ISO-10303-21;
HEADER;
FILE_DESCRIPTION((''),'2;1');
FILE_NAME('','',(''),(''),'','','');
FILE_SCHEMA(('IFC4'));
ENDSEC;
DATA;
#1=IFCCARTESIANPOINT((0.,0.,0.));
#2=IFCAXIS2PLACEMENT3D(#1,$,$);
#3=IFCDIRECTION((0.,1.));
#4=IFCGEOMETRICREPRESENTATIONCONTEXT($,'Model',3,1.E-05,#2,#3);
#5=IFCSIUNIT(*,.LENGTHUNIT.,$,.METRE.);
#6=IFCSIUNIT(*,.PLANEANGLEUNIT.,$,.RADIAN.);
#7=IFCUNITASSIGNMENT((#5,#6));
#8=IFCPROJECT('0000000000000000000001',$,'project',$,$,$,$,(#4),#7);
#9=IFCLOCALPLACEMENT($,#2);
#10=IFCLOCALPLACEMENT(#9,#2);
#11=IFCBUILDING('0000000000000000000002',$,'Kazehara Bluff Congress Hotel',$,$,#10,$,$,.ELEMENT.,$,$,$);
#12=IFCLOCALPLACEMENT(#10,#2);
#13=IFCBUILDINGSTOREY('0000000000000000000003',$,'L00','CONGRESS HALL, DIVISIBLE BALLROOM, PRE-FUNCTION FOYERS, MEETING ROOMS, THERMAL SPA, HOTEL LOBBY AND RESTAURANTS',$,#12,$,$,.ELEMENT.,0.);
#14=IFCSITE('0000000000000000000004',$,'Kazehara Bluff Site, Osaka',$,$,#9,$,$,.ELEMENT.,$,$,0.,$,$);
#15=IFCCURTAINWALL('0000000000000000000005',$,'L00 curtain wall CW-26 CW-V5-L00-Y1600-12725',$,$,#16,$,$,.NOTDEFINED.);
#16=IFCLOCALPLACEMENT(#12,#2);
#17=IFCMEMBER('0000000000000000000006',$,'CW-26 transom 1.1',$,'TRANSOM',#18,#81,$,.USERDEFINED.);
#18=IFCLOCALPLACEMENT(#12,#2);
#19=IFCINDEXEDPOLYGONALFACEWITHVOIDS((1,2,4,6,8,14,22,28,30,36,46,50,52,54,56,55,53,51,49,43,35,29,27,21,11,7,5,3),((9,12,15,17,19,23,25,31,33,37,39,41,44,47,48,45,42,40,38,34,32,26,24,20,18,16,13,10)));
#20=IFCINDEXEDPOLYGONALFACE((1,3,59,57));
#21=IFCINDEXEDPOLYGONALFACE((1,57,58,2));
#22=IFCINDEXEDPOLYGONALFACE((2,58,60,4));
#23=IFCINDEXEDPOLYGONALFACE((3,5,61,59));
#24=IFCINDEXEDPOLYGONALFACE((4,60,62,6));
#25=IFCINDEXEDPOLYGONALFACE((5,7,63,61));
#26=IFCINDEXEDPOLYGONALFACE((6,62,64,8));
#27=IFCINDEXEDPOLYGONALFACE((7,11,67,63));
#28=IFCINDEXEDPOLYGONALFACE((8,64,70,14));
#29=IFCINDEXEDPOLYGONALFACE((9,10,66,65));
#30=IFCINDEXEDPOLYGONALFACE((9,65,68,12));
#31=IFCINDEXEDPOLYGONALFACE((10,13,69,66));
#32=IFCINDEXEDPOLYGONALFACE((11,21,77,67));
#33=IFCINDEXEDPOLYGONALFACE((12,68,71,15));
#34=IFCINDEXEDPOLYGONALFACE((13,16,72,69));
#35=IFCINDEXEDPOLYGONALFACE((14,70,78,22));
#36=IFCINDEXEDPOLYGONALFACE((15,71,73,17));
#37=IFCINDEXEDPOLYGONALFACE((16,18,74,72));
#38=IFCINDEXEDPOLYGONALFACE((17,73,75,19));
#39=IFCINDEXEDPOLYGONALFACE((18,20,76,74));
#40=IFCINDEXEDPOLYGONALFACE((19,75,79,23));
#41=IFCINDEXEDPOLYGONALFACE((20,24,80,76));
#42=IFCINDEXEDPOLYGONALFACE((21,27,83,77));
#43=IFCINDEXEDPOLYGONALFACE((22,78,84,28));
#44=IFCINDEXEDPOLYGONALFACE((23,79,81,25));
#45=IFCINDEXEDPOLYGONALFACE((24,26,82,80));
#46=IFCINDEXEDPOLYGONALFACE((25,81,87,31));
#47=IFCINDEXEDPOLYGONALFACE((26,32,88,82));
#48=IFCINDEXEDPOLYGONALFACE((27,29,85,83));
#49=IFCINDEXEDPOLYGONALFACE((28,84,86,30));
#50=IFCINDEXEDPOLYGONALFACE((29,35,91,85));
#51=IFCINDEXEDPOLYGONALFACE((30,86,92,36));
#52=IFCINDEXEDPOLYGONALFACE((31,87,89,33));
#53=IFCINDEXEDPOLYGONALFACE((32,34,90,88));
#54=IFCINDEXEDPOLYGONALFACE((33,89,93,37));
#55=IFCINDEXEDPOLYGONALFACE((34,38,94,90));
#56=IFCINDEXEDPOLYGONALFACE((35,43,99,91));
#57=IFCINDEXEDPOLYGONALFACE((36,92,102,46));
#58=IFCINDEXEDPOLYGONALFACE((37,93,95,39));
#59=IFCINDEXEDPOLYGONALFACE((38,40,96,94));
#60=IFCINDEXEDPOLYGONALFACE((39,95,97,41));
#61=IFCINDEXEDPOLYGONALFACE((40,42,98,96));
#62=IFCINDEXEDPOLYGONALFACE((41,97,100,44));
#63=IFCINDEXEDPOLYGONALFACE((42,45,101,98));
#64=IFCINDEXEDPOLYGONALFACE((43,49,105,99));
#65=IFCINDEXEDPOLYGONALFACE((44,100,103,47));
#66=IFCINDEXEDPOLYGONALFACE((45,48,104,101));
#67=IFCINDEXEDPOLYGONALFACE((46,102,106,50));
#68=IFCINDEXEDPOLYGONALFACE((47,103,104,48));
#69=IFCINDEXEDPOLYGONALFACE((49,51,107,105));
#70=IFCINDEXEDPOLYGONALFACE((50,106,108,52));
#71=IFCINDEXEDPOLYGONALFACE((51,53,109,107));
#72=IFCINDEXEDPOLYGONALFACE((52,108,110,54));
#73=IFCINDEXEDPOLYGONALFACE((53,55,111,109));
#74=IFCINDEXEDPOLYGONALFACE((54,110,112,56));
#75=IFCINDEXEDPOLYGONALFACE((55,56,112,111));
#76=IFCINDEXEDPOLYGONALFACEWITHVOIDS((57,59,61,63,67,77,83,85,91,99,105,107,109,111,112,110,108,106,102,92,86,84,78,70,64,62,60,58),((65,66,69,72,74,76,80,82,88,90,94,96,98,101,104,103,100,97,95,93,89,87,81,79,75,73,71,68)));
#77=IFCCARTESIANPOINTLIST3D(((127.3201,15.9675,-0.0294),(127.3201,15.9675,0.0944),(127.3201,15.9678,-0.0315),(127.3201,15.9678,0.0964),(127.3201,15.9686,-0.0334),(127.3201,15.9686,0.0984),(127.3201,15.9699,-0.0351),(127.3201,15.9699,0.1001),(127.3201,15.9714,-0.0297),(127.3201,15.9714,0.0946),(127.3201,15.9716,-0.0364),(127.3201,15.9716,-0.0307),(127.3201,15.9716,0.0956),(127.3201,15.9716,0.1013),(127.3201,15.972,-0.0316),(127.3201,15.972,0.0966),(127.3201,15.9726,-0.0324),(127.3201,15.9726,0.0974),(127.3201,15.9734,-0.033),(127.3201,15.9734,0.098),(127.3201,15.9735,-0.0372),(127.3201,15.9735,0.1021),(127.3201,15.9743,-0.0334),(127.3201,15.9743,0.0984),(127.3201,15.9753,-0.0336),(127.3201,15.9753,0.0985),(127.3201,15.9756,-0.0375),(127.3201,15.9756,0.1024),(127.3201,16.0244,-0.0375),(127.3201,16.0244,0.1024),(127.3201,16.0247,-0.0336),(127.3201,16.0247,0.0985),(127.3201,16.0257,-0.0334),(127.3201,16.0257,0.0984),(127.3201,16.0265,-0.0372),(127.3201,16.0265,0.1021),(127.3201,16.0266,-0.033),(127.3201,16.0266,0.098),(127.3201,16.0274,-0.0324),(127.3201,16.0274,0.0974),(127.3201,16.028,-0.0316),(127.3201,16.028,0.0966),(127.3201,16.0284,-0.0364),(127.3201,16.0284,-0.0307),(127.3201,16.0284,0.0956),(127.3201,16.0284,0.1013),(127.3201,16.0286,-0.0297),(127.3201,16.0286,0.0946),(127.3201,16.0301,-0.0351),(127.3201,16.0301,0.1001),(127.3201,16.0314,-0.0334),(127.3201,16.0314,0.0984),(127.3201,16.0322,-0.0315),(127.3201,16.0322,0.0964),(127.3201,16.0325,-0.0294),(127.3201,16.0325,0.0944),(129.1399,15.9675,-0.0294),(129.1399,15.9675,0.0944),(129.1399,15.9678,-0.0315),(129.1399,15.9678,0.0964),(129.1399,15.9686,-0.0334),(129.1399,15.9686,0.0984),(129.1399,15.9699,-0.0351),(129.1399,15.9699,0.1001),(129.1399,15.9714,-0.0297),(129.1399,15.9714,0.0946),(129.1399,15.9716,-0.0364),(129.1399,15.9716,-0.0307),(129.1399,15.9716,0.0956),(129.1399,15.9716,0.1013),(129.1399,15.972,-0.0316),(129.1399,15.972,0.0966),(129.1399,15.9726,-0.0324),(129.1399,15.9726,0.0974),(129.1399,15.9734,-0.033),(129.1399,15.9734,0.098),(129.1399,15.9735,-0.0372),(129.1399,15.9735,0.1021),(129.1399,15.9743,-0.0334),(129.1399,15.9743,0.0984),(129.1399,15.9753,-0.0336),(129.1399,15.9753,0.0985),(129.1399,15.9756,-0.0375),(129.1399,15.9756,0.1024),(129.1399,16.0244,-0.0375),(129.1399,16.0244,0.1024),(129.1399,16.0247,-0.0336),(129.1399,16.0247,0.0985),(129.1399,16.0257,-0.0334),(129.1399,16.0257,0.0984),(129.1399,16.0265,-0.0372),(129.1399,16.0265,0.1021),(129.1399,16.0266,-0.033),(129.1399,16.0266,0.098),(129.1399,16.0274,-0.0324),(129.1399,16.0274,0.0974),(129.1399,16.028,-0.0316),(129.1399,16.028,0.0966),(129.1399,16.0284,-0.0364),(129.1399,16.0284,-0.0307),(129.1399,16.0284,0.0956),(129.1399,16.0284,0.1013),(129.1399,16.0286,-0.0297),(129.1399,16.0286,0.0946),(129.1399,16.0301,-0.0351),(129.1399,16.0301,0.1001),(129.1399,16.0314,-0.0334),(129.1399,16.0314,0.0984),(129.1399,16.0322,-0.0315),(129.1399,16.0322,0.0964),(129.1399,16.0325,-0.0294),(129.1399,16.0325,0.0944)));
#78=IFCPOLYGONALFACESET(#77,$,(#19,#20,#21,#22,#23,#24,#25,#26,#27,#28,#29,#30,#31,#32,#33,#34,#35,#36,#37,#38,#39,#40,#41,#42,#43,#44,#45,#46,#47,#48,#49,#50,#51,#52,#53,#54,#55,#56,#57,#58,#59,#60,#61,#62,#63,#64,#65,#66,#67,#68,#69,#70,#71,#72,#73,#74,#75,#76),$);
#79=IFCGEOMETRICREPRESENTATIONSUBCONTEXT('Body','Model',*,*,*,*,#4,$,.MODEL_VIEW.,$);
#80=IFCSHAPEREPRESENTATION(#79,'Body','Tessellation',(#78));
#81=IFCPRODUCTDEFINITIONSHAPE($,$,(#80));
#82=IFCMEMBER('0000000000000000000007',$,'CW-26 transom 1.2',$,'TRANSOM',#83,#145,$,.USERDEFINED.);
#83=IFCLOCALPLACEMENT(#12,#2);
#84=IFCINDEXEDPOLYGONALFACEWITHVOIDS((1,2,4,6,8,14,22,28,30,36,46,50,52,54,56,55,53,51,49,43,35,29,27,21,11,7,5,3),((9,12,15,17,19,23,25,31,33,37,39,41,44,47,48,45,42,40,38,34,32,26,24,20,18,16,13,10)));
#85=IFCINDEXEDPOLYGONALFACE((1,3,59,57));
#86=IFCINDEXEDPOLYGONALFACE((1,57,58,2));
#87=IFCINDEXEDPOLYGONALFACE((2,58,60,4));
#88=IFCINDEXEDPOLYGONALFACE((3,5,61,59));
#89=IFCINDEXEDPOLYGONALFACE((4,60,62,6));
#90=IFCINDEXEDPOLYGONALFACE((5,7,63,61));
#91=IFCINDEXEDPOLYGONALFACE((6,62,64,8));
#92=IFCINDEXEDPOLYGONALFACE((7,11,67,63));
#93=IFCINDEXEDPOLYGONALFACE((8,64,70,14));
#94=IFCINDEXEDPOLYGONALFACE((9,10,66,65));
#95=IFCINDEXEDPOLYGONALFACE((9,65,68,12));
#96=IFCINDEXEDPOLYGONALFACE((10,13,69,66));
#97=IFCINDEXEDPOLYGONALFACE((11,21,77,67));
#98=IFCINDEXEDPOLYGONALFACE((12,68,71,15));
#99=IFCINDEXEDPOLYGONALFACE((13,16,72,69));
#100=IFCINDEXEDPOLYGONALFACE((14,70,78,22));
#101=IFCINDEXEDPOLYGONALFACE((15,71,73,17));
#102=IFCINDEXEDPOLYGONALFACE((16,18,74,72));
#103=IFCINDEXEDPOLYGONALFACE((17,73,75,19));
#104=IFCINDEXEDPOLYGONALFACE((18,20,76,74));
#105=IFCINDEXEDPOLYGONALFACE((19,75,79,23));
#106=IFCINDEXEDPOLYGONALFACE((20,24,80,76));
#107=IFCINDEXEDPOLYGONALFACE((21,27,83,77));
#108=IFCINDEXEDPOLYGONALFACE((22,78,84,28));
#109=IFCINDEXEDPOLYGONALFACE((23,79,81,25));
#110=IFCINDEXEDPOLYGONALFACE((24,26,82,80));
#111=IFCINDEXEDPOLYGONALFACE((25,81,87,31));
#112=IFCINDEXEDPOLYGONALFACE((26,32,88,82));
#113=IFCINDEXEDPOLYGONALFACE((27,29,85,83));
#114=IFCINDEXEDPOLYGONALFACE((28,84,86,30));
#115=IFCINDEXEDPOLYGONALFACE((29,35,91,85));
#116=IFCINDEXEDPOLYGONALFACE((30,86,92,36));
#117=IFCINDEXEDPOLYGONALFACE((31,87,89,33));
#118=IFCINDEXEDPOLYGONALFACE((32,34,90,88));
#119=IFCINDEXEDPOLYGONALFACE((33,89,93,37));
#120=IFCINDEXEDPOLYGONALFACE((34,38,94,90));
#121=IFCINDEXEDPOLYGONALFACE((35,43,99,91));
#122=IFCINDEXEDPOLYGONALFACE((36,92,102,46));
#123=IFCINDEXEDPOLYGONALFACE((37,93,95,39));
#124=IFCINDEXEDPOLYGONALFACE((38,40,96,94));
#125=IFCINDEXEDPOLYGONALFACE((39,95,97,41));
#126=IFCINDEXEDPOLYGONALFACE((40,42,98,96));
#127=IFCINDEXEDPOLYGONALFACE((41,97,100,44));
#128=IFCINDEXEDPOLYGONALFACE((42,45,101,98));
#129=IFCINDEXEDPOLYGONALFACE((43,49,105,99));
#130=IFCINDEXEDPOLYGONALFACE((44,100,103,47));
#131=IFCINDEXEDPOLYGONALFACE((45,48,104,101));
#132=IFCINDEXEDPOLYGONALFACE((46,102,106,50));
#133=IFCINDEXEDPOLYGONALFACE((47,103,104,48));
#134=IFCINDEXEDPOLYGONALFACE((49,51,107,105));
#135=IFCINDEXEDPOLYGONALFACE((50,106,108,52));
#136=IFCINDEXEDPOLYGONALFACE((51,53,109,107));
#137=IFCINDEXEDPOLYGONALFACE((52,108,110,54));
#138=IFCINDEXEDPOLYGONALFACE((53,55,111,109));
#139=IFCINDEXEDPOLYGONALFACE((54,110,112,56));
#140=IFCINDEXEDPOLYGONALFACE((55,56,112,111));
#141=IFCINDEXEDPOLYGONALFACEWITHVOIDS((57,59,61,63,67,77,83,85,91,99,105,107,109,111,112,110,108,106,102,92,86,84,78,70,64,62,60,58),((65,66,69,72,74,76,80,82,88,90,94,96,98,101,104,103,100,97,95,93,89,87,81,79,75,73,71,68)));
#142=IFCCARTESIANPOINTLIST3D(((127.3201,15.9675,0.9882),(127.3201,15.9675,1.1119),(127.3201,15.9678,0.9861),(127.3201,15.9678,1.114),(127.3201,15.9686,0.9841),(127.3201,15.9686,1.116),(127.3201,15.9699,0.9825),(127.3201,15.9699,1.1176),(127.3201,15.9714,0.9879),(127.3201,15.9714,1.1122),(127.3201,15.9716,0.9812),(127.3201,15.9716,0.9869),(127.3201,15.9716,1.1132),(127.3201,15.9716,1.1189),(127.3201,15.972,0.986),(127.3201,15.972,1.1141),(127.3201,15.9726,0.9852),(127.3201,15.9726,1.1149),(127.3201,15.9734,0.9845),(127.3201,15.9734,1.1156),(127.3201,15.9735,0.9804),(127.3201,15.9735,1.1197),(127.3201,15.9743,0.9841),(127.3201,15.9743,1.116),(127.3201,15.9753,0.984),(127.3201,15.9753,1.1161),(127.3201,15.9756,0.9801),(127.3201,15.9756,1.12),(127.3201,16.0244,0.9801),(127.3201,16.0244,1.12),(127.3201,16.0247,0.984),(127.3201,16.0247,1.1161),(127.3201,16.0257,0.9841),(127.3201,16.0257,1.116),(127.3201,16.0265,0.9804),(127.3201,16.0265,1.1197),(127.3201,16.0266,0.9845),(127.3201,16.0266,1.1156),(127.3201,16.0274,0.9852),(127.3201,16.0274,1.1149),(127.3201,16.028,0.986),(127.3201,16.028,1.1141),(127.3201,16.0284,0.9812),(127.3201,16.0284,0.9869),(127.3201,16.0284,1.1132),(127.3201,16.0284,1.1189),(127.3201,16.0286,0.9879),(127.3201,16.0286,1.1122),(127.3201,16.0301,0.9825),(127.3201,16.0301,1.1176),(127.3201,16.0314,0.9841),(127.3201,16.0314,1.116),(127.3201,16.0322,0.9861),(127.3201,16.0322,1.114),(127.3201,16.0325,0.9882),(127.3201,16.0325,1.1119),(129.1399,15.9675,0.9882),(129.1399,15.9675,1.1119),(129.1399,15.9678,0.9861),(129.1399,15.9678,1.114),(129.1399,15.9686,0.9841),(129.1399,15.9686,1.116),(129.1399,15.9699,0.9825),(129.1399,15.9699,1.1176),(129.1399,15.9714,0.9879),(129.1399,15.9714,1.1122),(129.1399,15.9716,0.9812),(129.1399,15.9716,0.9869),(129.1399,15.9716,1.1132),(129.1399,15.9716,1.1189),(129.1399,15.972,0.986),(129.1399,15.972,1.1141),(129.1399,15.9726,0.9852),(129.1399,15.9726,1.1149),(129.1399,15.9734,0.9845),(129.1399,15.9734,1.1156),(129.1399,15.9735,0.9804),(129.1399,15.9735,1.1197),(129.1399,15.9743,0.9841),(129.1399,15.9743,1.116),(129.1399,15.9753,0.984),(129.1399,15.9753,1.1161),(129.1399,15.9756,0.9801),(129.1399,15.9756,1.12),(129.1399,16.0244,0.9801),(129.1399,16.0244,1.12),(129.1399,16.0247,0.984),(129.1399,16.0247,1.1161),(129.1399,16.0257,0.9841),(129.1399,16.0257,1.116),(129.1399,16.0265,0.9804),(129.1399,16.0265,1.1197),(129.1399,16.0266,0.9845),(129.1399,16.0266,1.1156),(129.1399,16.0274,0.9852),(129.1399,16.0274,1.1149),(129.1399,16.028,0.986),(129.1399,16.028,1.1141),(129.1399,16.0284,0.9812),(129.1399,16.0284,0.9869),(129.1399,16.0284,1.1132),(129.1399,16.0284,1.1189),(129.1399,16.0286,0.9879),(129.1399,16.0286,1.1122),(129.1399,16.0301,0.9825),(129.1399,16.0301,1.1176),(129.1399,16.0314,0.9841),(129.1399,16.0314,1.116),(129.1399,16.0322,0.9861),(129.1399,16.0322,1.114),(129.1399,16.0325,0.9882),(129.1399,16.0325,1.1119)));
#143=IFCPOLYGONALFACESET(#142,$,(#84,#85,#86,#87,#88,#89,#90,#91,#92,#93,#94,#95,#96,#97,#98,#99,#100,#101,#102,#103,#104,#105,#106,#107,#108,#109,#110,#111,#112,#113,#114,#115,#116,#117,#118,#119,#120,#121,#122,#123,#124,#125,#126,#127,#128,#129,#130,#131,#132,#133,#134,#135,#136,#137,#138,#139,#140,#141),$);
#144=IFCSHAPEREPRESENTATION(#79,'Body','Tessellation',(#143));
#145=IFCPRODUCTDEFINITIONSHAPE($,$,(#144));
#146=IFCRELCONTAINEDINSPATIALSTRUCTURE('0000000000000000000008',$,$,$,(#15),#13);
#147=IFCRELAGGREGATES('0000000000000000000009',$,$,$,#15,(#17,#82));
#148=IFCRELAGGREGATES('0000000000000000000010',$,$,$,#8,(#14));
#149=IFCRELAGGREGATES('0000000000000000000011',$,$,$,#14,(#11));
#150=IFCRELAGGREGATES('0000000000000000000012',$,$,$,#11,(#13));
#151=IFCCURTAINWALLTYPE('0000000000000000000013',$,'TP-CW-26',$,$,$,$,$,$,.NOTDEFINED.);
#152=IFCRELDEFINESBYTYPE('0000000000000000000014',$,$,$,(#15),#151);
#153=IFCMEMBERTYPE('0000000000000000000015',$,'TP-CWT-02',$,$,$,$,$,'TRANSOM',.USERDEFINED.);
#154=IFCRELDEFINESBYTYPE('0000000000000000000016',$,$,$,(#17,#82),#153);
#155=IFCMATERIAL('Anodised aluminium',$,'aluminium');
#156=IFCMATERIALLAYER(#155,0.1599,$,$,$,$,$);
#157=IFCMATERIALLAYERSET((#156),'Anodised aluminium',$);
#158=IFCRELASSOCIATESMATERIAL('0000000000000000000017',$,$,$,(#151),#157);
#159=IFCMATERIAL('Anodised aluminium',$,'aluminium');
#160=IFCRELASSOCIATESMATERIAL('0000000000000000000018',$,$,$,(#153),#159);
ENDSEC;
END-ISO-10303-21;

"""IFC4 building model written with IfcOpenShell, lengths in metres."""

from ifc_helpers import new_model, si_unit, direction, frame, origin, origin_2d, place, context, subcontext, project, spatial, hollow_rectangle, extrude, material, layer, layer_set, material_profile, profile_set, type_object, element, aggregate, save


model = new_model("IFC4")

# Units and contexts
model_context = context("Model", 3, precision=1e-05, world=origin(), true_north=direction((0.0, 1.0)))
body_context = subcontext(model_context, "Body", "Model", "MODEL_VIEW")
ifc_project = project(units=[si_unit("LENGTHUNIT", "METRE"), si_unit("PLANEANGLEUNIT", "RADIAN")], contexts=[model_context])

# Site, building, storey
site_placement = place(None, origin())
site = spatial("IfcSite", under=ifc_project, at=site_placement, Name="Kazehara Bluff Site, Osaka", CompositionType="ELEMENT", RefElevation=0.0)
building_placement = place(site_placement, origin())
building = spatial("IfcBuilding", under=site, at=building_placement, Name="Kazehara Bluff Congress Hotel", CompositionType="ELEMENT")
storey_placement = place(building_placement, origin())
storey = spatial("IfcBuildingStorey", under=building, at=storey_placement, Name="L00", Description="CONGRESS HALL, DIVISIBLE BALLROOM, PRE-FUNCTION FOYERS, MEETING ROOMS, THERMAL SPA, HOTEL LOBBY AND RESTAURANTS", CompositionType="ELEMENT", Elevation=0.0)

# Shared definitions
ifc_material_1 = material(Name="Anodised aluminium", Category="aluminium")
ifc_layer_1 = layer(ifc_material_1, 0.1599)
ifc_layer_set_1 = layer_set([ifc_layer_1], Name="Anodised aluminium")
curtain_wall_type = type_object("IfcCurtainWallType", Name="TP-CW-26", PredefinedType="NOTDEFINED", material=ifc_layer_set_1)

# Curtain wall
curtain_wall_1_placement = place(storey_placement, origin())
curtain_wall_1 = element("IfcCurtainWall", 1, at=curtain_wall_1_placement, inside=storey, type_object=curtain_wall_type, Name="L00 curtain wall CW-26 CW-V5-L00-Y1600-12725", PredefinedType="NOTDEFINED")

# Members
ifc_material_2 = material(Name="Anodised aluminium", Category="aluminium")
ifc_material_profile_1 = material_profile(ifc_material_2, hollow_rectangle(XDim=0.0649, YDim=0.1399, WallThickness=0.0039, InnerFilletRadius=0.0039, OuterFilletRadius=0.0081, at=origin_2d()))
ifc_profile_set_1 = profile_set([ifc_material_profile_1], Name="Anodised aluminium")
member_type_1 = type_object("IfcMemberType", Name="TP-CWT-02", ElementType="TRANSOM", PredefinedType="USERDEFINED", material=ifc_profile_set_1)
member_1_placement = place(storey_placement, frame((127.3201, 16.0, 0.0325), z_axis=(1.0, 0.0, 0.0), x_axis=(0.0, 1.0, 0.0)))
member_1 = element("IfcMember", 2, at=member_1_placement, type_object=member_type_1, Name="CW-26 transom 1.1", ObjectType="TRANSOM", PredefinedType="USERDEFINED", context=body_context, shape_type="SweptSolid", body=[
    extrude(hollow_rectangle(XDim=0.0649, YDim=0.1399, WallThickness=0.0039, InnerFilletRadius=0.0039, OuterFilletRadius=0.0081, at=origin_2d()), origin(), (0.0, 0.0, 1.0), 1.8198),
])
member_2_placement = place(storey_placement, frame((127.3201, 16.0, 1.05), z_axis=(1.0, 0.0, 0.0), x_axis=(0.0, 1.0, 0.0)))
member_2 = element("IfcMember", 3, at=member_2_placement, type_object=member_type_1, Name="CW-26 transom 1.2", ObjectType="TRANSOM", PredefinedType="USERDEFINED", context=body_context, shape_type="SweptSolid", body=[
    extrude(hollow_rectangle(XDim=0.0649, YDim=0.1399, WallThickness=0.0039, InnerFilletRadius=0.0039, OuterFilletRadius=0.0081, at=origin_2d()), origin(), (0.0, 0.0, 1.0), 1.8198),
])

aggregate(curtain_wall_1, [member_1, member_2])

save(model, "model.ifc")
